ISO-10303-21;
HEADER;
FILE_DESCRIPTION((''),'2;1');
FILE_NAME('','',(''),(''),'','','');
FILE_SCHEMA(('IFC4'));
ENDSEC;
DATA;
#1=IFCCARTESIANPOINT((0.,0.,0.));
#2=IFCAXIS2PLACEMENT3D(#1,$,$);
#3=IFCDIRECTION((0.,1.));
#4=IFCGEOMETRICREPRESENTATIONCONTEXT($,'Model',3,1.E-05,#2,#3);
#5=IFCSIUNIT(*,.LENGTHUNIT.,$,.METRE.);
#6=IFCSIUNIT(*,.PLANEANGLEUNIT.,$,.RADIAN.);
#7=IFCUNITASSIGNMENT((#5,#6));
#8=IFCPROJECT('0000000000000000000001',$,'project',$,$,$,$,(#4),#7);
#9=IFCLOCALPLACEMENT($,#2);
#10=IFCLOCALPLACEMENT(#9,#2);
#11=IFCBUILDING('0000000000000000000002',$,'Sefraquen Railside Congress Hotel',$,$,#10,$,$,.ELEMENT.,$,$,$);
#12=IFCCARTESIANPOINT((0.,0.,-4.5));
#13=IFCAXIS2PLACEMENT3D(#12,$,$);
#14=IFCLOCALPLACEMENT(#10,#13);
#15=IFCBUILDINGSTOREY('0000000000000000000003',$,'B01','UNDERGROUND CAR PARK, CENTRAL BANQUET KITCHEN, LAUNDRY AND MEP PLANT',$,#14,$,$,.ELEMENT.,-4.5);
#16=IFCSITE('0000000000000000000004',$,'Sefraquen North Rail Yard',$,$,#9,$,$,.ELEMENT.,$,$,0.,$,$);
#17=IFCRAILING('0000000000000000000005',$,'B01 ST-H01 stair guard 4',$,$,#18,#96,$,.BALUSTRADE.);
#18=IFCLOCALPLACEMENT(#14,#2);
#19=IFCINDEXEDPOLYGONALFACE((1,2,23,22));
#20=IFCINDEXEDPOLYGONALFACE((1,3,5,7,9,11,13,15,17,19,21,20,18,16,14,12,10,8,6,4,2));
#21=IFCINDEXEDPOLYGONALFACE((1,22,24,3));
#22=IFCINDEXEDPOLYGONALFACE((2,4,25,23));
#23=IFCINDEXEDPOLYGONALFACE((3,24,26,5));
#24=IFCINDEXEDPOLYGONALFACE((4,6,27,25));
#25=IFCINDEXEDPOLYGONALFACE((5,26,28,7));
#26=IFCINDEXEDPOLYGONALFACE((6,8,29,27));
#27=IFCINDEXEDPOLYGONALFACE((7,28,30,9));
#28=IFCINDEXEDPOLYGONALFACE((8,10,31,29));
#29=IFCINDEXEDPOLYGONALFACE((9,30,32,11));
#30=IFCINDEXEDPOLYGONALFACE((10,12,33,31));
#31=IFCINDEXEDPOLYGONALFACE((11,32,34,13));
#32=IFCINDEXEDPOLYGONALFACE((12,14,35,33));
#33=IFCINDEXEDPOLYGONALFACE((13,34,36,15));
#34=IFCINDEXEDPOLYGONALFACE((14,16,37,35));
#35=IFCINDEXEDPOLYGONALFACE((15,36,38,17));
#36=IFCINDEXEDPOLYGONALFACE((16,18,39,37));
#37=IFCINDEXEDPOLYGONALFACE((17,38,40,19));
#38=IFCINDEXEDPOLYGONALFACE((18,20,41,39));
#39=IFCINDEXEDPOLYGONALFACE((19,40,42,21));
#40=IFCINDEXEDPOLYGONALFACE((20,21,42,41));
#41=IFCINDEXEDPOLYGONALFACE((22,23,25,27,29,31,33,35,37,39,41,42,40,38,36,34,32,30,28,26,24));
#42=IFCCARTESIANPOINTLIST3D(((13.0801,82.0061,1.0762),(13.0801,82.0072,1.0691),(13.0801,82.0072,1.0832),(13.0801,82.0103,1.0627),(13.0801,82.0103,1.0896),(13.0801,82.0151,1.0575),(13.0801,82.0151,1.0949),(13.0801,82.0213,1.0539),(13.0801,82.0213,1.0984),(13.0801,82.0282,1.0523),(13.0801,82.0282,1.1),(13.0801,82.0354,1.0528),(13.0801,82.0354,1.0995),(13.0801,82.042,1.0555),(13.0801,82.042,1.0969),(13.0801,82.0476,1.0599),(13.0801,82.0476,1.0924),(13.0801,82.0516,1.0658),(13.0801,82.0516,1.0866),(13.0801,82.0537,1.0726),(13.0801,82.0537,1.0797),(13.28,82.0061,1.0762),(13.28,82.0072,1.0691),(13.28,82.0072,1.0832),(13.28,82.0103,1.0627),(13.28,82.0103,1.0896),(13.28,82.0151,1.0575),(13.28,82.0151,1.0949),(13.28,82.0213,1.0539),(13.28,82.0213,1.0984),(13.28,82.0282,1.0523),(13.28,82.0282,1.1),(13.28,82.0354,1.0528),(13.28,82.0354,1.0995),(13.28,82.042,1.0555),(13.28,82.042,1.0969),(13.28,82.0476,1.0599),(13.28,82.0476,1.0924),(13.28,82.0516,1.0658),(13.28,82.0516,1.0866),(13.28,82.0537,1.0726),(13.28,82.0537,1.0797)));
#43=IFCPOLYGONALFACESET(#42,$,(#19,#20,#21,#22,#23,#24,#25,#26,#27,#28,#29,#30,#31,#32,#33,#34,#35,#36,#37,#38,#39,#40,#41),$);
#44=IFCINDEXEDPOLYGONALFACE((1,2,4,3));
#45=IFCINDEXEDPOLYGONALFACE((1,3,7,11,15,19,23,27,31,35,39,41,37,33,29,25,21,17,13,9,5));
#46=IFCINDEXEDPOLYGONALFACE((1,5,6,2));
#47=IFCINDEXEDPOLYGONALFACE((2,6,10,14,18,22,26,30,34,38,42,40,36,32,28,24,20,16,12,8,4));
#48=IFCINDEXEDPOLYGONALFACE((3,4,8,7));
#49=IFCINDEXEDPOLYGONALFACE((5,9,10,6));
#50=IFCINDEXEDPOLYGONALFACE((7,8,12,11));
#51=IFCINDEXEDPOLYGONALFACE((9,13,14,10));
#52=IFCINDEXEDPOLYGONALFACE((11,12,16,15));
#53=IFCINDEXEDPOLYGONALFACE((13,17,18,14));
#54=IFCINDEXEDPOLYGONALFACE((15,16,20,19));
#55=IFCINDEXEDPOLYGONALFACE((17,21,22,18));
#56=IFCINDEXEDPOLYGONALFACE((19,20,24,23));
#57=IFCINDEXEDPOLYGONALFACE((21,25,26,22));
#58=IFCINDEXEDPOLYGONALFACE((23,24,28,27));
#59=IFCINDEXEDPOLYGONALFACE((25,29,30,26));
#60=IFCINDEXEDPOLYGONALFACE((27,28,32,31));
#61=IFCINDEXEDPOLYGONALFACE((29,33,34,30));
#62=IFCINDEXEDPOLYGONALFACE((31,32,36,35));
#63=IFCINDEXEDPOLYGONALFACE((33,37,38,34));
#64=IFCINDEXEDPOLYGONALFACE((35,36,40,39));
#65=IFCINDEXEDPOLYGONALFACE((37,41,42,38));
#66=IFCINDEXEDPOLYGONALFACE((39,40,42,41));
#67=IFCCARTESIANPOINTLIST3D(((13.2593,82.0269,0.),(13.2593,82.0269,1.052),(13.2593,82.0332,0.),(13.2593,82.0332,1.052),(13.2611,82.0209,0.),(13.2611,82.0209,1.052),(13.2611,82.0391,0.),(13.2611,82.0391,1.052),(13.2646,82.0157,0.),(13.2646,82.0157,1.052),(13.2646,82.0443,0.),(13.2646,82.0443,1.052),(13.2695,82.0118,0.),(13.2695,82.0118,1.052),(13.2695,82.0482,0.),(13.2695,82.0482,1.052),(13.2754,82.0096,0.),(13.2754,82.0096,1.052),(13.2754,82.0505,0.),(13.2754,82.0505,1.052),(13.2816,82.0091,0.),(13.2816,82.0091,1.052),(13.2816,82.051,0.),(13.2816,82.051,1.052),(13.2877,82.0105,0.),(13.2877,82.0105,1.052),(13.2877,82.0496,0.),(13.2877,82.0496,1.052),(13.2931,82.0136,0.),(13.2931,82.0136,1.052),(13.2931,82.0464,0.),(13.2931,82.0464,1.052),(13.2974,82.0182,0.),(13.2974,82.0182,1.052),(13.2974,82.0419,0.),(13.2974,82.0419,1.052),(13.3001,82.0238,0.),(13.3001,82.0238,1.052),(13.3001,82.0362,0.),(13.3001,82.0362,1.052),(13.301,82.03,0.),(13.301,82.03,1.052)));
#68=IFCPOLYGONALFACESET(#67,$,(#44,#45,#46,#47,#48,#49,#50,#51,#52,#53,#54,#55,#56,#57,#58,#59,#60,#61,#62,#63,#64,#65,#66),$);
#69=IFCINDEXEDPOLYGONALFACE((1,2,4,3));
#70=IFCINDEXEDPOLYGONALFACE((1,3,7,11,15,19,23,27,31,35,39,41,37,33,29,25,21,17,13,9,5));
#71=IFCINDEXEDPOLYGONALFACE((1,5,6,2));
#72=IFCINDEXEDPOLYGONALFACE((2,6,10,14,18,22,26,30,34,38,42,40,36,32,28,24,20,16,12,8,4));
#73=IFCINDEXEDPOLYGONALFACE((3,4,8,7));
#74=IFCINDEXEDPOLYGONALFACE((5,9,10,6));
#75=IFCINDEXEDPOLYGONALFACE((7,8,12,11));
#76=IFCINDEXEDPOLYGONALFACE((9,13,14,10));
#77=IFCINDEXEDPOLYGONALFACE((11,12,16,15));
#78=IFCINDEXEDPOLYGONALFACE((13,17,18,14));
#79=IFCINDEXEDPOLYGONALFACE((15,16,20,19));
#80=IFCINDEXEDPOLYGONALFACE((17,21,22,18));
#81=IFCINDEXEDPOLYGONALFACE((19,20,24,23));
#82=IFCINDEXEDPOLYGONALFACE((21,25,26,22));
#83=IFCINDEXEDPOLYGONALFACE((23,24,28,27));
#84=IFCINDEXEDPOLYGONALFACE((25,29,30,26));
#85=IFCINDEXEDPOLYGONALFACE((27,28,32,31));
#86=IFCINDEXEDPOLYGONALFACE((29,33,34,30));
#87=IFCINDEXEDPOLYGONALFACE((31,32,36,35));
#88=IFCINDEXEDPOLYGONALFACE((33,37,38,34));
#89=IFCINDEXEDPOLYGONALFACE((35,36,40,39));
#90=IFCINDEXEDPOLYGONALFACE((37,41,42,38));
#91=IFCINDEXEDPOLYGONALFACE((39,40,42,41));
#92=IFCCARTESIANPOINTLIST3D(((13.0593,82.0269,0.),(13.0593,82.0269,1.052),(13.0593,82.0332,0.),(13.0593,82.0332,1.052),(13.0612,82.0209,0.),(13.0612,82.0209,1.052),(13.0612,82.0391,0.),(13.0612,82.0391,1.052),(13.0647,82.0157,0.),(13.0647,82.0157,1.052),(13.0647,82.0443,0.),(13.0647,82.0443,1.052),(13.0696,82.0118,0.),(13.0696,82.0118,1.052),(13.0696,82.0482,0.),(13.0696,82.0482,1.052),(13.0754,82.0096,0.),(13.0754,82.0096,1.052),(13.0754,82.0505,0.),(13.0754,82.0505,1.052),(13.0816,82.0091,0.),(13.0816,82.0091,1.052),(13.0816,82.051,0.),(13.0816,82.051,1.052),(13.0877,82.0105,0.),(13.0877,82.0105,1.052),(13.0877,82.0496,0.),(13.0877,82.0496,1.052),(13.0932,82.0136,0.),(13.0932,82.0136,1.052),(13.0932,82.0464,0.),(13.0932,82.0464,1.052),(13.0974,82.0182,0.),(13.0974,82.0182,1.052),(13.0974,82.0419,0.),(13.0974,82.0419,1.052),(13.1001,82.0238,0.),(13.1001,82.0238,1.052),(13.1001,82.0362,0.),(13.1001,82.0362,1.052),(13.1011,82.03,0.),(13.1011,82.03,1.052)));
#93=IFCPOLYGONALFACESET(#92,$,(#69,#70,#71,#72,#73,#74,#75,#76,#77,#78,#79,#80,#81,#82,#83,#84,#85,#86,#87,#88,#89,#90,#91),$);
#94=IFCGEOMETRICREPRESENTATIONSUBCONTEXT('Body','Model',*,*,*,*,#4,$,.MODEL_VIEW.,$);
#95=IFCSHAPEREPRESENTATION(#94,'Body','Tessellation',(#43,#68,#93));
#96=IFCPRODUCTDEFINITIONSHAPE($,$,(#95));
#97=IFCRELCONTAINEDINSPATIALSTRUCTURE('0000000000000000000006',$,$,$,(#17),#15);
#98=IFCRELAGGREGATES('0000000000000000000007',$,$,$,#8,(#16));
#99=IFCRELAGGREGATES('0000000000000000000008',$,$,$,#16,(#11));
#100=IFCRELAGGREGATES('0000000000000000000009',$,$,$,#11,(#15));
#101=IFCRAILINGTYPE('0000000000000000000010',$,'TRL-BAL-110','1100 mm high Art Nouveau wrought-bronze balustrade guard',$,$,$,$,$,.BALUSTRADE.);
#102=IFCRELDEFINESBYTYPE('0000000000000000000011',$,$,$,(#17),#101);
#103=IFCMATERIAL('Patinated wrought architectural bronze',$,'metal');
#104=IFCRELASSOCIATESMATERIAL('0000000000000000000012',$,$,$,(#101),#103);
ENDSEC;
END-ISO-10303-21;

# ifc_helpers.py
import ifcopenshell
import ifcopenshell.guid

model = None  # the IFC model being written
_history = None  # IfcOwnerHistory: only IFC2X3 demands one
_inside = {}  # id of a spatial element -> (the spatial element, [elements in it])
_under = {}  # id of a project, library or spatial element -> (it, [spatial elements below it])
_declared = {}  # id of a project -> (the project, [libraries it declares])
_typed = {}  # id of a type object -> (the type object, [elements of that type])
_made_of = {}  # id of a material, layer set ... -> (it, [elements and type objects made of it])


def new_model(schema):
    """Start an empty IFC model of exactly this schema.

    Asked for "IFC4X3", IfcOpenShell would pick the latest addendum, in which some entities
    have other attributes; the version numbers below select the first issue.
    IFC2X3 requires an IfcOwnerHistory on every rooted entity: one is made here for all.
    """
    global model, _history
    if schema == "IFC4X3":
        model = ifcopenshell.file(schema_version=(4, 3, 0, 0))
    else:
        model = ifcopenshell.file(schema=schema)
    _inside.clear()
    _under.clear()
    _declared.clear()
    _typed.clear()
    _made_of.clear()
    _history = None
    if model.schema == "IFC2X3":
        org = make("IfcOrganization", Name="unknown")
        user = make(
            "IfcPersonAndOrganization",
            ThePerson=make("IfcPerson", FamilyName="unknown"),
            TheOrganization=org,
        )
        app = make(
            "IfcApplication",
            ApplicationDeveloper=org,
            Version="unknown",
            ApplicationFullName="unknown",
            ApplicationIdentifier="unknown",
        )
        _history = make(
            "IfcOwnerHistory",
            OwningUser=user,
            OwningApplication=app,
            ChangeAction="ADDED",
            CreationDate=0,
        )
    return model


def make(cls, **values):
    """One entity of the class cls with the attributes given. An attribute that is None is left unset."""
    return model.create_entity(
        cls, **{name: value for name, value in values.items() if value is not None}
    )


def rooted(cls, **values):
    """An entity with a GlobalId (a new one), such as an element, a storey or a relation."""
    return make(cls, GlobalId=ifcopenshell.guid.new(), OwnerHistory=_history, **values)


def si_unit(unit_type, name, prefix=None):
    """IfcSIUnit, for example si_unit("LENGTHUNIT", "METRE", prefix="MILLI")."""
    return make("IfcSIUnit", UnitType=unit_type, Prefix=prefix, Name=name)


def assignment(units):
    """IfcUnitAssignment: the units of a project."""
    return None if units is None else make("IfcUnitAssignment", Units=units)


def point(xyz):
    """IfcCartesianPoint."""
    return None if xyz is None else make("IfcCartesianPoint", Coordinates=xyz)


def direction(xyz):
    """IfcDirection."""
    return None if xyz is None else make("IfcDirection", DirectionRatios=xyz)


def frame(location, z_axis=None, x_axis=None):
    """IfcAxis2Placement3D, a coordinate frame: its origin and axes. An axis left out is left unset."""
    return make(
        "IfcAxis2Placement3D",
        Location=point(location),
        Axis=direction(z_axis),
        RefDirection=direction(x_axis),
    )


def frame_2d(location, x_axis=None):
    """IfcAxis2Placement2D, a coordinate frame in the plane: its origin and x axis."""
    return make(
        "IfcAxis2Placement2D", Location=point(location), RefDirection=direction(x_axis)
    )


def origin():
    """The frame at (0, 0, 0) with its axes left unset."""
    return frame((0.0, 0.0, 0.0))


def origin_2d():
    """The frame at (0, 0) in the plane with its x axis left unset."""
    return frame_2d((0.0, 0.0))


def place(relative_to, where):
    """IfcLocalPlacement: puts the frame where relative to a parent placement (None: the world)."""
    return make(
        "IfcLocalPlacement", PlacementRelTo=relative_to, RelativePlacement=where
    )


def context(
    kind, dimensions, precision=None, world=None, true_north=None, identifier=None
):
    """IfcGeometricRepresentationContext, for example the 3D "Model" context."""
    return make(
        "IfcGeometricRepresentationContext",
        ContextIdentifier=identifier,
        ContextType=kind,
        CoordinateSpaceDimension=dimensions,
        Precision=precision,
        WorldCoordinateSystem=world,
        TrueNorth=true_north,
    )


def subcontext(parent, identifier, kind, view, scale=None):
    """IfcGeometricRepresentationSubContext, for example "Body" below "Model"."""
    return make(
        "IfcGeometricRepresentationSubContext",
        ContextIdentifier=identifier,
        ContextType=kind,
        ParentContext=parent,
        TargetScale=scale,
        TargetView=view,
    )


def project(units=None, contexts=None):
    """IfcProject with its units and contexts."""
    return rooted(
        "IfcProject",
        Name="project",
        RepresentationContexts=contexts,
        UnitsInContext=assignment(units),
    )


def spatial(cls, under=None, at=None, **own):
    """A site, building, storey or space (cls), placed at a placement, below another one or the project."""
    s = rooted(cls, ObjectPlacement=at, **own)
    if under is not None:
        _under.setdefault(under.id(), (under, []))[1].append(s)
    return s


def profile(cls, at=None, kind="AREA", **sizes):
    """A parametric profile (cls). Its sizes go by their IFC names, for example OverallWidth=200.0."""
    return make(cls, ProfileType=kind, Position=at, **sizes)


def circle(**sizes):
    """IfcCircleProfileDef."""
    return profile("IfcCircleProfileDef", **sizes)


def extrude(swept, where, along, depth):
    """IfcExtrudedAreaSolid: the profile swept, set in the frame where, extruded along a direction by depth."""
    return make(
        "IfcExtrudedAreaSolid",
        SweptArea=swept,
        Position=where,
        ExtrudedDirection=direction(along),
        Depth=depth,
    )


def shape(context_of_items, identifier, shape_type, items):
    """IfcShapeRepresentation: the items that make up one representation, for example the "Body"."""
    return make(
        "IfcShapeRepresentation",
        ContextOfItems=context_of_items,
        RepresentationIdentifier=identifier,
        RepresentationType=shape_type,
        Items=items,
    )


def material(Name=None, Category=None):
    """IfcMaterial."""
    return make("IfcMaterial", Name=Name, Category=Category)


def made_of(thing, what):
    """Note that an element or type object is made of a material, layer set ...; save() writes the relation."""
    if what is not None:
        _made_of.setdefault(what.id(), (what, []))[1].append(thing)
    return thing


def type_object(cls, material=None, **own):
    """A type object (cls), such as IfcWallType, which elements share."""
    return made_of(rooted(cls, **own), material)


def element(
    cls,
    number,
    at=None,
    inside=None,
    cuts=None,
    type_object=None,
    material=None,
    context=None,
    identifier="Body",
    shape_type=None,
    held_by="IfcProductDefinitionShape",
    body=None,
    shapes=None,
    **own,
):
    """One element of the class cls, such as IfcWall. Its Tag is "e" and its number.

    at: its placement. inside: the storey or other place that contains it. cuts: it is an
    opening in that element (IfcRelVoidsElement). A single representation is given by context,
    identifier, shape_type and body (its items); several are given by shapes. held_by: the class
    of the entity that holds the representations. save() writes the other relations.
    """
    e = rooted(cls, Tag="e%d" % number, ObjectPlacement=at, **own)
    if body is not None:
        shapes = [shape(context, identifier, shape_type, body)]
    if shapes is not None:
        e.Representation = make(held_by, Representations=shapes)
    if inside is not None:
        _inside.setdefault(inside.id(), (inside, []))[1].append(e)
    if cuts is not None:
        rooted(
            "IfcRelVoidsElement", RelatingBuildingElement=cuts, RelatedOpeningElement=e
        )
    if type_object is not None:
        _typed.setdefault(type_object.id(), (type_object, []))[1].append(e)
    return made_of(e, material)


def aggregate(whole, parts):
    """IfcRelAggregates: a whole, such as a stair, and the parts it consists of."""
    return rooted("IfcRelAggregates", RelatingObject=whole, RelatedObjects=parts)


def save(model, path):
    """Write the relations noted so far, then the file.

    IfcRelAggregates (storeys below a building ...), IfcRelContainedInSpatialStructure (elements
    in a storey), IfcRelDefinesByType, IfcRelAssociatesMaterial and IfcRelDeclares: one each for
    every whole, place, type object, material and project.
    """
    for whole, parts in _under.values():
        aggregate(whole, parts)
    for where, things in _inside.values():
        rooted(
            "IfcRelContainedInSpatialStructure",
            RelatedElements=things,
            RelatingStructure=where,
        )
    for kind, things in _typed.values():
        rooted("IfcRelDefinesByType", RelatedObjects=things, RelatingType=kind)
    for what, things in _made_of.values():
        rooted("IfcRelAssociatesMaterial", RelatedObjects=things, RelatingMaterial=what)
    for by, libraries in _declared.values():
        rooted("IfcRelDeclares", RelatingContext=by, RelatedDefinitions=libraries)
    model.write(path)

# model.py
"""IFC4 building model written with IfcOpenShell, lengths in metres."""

from ifc_helpers import new_model, si_unit, direction, frame, origin, origin_2d, place, context, subcontext, project, spatial, circle, extrude, material, type_object, element, save


model = new_model("IFC4")

# Units and contexts
model_context = context("Model", 3, precision=1e-05, world=origin(), true_north=direction((0.0, 1.0)))
body_context = subcontext(model_context, "Body", "Model", "MODEL_VIEW")
ifc_project = project(units=[si_unit("LENGTHUNIT", "METRE"), si_unit("PLANEANGLEUNIT", "RADIAN")], contexts=[model_context])

# Site, building, storey
site_placement = place(None, origin())
site = spatial("IfcSite", under=ifc_project, at=site_placement, Name="Sefraquen North Rail Yard", CompositionType="ELEMENT", RefElevation=0.0)
building_placement = place(site_placement, origin())
building = spatial("IfcBuilding", under=site, at=building_placement, Name="Sefraquen Railside Congress Hotel", CompositionType="ELEMENT")
storey_placement = place(building_placement, frame((0.0, 0.0, -4.5)))
storey = spatial("IfcBuildingStorey", under=building, at=storey_placement, Name="B01", Description="UNDERGROUND CAR PARK, CENTRAL BANQUET KITCHEN, LAUNDRY AND MEP PLANT", CompositionType="ELEMENT", Elevation=-4.5)

# Railing
ifc_material_1 = material(Name="Patinated wrought architectural bronze", Category="metal")
railing_type_1 = type_object("IfcRailingType", Name="TRL-BAL-110", Description="1100 mm high Art Nouveau wrought-bronze balustrade guard", PredefinedType="BALUSTRADE", material=ifc_material_1)
railing_1_placement = place(storey_placement, frame((13.28, 82.03, 0.0)))
element("IfcRailing", 1, at=railing_1_placement, inside=storey, type_object=railing_type_1, Name="B01 ST-H01 stair guard 4", PredefinedType="BALUSTRADE", context=body_context, shape_type="SweptSolid", body=[
    extrude(circle(Radius=0.0239, at=origin_2d()), frame((0.0, 0.0, 1.0762), z_axis=(-1.0, 0.0, 0.0), x_axis=(0.0, -1.0, 0.0)), (0.0, 0.0, 1.0), 0.2),
    extrude(circle(Radius=0.021, at=origin_2d()), origin(), (0.0, 0.0, 1.0), 1.052),
    extrude(circle(Radius=0.021, at=origin_2d()), frame((-0.2, 0.0, 0.0)), (0.0, 0.0, 1.0), 1.052),
])

save(model, "model.ifc")
